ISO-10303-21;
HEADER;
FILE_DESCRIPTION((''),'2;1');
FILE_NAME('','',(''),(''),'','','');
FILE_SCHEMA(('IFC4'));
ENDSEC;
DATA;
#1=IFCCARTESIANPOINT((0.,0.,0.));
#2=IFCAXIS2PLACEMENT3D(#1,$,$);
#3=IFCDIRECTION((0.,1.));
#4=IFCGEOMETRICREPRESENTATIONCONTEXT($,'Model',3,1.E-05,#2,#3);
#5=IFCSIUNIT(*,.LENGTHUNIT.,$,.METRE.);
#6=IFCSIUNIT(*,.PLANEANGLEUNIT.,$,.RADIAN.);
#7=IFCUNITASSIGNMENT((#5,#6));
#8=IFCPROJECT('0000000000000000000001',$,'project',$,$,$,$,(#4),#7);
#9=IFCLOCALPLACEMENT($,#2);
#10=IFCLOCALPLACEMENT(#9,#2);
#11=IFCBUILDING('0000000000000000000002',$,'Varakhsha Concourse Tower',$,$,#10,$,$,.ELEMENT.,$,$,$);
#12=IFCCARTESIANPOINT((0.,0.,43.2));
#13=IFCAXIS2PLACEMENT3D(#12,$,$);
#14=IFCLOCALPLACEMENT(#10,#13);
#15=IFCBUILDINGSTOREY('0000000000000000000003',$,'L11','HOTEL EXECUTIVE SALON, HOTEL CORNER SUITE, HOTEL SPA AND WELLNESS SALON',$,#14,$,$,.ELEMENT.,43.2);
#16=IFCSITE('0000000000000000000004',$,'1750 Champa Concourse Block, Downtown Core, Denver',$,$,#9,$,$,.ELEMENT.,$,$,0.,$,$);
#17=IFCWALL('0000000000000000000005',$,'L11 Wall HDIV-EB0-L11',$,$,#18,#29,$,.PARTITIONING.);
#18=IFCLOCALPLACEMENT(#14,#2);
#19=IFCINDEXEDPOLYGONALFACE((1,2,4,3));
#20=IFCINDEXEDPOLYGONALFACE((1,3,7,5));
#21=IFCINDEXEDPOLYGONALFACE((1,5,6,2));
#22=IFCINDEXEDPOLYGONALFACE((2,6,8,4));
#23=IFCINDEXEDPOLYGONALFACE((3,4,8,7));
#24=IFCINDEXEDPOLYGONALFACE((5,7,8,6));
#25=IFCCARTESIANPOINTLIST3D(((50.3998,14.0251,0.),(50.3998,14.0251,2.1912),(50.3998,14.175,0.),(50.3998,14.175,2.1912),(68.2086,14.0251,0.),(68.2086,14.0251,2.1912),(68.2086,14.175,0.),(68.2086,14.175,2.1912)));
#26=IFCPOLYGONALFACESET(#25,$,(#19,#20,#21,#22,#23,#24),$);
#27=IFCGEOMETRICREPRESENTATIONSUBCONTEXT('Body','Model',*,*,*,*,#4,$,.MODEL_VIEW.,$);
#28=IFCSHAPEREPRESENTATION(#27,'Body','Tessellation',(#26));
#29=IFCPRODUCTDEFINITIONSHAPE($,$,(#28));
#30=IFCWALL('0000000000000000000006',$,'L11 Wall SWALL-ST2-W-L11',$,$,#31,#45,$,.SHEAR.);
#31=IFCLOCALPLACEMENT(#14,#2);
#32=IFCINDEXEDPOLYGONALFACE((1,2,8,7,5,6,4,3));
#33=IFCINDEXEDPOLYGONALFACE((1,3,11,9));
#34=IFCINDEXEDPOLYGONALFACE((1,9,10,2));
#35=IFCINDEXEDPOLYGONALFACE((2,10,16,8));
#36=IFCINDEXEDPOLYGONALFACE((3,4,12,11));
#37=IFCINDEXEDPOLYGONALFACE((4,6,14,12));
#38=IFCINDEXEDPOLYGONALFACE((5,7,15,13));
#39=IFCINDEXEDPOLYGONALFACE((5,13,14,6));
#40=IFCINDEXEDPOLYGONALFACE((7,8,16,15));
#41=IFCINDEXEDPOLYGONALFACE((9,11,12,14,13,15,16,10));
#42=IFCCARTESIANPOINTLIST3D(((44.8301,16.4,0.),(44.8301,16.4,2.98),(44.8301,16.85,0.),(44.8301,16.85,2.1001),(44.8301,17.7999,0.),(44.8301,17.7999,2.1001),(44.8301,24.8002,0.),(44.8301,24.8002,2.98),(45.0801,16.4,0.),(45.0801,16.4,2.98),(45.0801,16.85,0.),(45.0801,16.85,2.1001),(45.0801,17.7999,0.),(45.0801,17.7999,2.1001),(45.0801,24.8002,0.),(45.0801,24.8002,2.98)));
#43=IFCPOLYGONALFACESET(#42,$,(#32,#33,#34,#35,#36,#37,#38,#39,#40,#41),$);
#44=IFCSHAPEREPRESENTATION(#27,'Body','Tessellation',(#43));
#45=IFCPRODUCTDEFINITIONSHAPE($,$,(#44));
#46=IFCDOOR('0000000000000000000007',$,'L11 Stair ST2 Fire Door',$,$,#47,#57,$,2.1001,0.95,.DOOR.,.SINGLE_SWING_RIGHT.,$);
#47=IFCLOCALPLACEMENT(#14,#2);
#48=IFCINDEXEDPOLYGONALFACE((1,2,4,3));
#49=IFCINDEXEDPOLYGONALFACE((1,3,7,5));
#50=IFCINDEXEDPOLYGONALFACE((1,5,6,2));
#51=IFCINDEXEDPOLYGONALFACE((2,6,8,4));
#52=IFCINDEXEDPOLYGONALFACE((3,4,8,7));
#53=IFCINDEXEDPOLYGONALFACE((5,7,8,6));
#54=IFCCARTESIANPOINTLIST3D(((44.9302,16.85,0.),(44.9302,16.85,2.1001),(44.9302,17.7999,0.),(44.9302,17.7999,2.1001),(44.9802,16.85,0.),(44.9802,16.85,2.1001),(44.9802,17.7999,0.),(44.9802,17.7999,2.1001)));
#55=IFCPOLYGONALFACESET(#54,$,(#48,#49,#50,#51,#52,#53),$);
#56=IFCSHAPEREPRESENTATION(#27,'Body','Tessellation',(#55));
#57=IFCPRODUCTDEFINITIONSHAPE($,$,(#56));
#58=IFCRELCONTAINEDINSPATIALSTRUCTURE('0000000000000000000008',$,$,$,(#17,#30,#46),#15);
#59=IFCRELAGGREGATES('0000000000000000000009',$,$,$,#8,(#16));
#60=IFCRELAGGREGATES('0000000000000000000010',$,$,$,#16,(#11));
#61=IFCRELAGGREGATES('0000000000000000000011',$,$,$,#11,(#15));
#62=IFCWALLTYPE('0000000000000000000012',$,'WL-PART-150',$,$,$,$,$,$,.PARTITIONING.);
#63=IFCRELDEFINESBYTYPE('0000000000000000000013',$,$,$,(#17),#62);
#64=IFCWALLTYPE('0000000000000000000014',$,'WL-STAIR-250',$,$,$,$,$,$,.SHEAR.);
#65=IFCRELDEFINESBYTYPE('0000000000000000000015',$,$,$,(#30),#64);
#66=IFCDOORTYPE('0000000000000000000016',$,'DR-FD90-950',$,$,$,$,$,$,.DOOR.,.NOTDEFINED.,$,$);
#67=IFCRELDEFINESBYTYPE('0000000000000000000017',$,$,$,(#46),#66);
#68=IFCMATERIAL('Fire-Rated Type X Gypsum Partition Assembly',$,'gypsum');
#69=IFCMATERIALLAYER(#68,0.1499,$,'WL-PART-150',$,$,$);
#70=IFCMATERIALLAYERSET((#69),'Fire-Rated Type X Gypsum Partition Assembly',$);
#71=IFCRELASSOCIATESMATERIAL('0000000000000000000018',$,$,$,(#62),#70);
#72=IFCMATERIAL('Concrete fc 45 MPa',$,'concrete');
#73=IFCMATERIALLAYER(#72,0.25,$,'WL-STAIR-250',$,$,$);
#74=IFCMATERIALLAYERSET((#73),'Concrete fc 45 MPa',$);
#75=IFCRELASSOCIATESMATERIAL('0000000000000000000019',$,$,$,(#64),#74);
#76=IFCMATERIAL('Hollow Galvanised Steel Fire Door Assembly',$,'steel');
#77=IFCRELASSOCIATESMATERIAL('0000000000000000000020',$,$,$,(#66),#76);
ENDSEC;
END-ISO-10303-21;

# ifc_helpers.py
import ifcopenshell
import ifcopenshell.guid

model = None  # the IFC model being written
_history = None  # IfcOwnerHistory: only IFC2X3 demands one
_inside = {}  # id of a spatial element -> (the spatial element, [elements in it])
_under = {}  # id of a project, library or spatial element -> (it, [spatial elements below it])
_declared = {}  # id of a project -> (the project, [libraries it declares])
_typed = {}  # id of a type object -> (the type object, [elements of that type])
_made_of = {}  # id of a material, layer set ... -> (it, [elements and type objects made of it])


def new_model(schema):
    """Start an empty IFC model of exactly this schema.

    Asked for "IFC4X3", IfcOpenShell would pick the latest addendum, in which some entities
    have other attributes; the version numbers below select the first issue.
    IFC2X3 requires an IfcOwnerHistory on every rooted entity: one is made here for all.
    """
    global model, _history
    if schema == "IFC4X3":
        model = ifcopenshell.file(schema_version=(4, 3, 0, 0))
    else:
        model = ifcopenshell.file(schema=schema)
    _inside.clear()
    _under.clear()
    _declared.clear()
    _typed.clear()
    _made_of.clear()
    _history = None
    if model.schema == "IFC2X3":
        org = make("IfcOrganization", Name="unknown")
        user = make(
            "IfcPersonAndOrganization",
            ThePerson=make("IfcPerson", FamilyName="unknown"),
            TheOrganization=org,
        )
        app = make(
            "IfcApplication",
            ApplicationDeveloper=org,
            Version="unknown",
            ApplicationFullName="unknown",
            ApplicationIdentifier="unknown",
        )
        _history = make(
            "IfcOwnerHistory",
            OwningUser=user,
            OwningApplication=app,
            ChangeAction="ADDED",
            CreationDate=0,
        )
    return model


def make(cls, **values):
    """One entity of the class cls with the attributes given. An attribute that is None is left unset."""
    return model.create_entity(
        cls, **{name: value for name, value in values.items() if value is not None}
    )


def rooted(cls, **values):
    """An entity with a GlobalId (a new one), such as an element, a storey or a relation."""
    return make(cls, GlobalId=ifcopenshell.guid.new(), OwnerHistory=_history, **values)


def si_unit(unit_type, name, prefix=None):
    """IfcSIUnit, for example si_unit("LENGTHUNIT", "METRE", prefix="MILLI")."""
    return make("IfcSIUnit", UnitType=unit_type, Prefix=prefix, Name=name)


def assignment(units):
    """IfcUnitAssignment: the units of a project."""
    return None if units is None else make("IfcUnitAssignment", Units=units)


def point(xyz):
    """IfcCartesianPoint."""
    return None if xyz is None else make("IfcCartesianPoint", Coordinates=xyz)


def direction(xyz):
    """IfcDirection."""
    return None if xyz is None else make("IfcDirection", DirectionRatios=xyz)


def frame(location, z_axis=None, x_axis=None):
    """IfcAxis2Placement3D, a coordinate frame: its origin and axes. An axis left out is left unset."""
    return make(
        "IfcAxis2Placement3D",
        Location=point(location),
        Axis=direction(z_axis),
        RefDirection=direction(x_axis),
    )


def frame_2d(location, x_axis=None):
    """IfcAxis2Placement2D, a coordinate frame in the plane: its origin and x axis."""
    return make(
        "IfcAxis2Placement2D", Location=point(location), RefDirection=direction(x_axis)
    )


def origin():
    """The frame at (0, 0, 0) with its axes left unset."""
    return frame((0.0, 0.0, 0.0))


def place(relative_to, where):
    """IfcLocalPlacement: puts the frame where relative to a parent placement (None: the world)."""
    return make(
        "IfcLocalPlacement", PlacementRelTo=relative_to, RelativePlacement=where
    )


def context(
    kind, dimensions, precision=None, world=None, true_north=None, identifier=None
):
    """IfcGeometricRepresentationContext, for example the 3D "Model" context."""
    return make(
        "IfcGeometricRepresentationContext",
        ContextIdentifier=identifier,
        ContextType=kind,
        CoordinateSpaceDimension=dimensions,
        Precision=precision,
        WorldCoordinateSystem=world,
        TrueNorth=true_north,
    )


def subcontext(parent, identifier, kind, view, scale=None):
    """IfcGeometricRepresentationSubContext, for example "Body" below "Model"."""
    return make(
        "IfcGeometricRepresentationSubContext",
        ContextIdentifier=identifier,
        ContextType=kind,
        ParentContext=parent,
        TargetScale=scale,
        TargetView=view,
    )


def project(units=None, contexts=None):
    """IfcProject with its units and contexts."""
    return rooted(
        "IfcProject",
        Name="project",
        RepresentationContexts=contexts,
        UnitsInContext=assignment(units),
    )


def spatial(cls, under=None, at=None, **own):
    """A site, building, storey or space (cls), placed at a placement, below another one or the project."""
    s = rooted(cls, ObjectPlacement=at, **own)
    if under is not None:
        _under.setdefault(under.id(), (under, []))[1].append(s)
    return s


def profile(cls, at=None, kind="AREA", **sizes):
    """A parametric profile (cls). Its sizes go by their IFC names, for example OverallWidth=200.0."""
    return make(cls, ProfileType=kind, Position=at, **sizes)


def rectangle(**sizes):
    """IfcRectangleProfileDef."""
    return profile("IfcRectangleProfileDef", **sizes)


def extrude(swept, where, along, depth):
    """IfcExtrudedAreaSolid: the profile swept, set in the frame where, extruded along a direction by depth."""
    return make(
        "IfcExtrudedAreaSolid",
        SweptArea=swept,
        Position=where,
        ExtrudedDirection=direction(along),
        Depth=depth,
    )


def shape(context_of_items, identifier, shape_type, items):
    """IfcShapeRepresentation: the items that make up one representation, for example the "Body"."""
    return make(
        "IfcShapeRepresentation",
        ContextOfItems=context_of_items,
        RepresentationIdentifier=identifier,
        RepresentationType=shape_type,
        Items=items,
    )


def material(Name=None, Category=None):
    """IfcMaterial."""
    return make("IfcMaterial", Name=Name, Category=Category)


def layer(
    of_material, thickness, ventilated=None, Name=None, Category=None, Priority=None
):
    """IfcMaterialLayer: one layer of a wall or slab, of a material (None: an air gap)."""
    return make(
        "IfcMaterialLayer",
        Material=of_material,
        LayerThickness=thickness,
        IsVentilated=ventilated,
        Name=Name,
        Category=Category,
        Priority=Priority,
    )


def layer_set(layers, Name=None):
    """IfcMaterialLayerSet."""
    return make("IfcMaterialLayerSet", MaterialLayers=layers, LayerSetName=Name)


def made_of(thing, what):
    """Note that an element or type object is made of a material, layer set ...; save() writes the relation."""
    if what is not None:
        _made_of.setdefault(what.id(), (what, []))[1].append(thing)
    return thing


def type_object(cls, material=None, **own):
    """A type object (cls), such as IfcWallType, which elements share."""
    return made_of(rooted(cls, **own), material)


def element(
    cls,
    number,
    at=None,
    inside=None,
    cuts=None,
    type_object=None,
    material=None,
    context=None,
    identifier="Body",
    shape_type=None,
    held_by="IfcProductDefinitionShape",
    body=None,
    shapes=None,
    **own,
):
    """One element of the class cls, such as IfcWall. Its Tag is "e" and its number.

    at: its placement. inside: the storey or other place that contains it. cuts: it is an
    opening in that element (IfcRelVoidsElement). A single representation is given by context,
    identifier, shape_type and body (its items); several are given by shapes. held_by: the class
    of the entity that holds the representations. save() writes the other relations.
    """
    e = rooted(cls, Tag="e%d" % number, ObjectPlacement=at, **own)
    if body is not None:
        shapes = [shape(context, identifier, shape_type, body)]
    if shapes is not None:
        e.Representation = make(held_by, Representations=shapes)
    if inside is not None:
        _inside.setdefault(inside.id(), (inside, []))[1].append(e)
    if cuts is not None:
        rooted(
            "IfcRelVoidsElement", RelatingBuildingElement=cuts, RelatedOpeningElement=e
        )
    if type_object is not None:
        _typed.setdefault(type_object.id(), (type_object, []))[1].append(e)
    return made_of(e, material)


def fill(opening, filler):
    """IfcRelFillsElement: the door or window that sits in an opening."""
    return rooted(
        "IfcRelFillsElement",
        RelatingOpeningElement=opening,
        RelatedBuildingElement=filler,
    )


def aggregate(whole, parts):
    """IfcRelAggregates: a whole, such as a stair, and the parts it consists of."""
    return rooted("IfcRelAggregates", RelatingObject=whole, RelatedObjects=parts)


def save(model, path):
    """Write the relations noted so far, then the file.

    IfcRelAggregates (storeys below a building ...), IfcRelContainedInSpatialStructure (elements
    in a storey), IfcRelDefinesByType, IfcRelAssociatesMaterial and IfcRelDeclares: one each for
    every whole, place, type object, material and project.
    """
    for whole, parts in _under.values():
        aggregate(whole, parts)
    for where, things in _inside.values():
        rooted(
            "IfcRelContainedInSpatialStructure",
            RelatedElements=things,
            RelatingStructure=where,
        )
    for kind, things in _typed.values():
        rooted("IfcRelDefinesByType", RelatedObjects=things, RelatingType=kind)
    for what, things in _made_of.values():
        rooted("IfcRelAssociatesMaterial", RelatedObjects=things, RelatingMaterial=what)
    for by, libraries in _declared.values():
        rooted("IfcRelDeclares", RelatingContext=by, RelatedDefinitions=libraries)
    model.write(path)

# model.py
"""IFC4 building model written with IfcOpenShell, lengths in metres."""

from ifc_helpers import new_model, si_unit, direction, frame, frame_2d, origin, place, context, subcontext, project, spatial, rectangle, extrude, material, layer, layer_set, type_object, element, fill, save


model = new_model("IFC4")

# Units and contexts
model_context = context("Model", 3, precision=1e-05, world=origin(), true_north=direction((0.0, 1.0)))
body_context = subcontext(model_context, "Body", "Model", "MODEL_VIEW")
ifc_project = project(units=[si_unit("LENGTHUNIT", "METRE"), si_unit("PLANEANGLEUNIT", "RADIAN")], contexts=[model_context])

# Site, building, storey
site_placement = place(None, origin())
site = spatial("IfcSite", under=ifc_project, at=site_placement, Name="1750 Champa Concourse Block, Downtown Core, Denver", CompositionType="ELEMENT", RefElevation=0.0)
building_placement = place(site_placement, origin())
building = spatial("IfcBuilding", under=site, at=building_placement, Name="Varakhsha Concourse Tower", CompositionType="ELEMENT")
storey_placement = place(building_placement, frame((0.0, 0.0, 43.2)))
storey = spatial("IfcBuildingStorey", under=building, at=storey_placement, Name="L11", Description="HOTEL EXECUTIVE SALON, HOTEL CORNER SUITE, HOTEL SPA AND WELLNESS SALON", CompositionType="ELEMENT", Elevation=43.2)

# Shared definitions
ifc_material_1 = material(Name="Fire-Rated Type X Gypsum Partition Assembly", Category="gypsum")

# Shared definitions
ifc_layer_1 = layer(ifc_material_1, 0.1499, Name="WL-PART-150")
ifc_layer_set_1 = layer_set([ifc_layer_1], Name="Fire-Rated Type X Gypsum Partition Assembly")
wall_type_1 = type_object("IfcWallType", Name="WL-PART-150", PredefinedType="PARTITIONING", material=ifc_layer_set_1)
ifc_material_2 = material(Name="Hollow Galvanised Steel Fire Door Assembly", Category="steel")

# Wall
wall_1_placement = place(storey_placement, frame((50.3999, 14.1001, 0.0), z_axis=(0.0, 0.0, 1.0), x_axis=(1.0, 0.0, 0.0)))
element("IfcWall", 1, at=wall_1_placement, inside=storey, type_object=wall_type_1, Name="L11 Wall HDIV-EB0-L11", PredefinedType="PARTITIONING", context=body_context, shape_type="SweptSolid", body=[
    extrude(rectangle(XDim=17.8088, YDim=0.1499, at=frame_2d((8.9043, 0.0))), origin(), (0.0, 0.0, 1.0), 2.1912),
])

# Wall, opening, door
ifc_material_3 = material(Name="Concrete fc 45 MPa", Category="concrete")
ifc_layer_2 = layer(ifc_material_3, 0.25, Name="WL-STAIR-250")
ifc_layer_set_2 = layer_set([ifc_layer_2], Name="Concrete fc 45 MPa")
wall_type_2 = type_object("IfcWallType", Name="WL-STAIR-250", PredefinedType="SHEAR", material=ifc_layer_set_2)
wall_2_placement = place(storey_placement, frame((44.9551, 16.3999, 0.0), z_axis=(0.0, 0.0, 1.0), x_axis=(0.0, 1.0, 0.0)))
wall_2 = element("IfcWall", 2, at=wall_2_placement, inside=storey, type_object=wall_type_2, Name="L11 Wall SWALL-ST2-W-L11", PredefinedType="SHEAR", context=body_context, shape_type="SweptSolid", body=[
    extrude(rectangle(XDim=8.4001, YDim=0.25, at=frame_2d((4.2002, 0.0))), origin(), (0.0, 0.0, 1.0), 2.98),
])
opening_1_placement = place(wall_2_placement, frame((0.45, 0.0, 0.0)))
opening_1 = element("IfcOpeningElement", 3, at=opening_1_placement, cuts=wall_2, PredefinedType="OPENING", context=body_context, shape_type="SweptSolid", body=[
    extrude(rectangle(XDim=0.95, YDim=2.1001, at=frame_2d((0.4751, 1.05))), frame((0.0, 0.135, 0.0), z_axis=(0.0, -1.0, 0.0), x_axis=(1.0, 0.0, 0.0)), (0.0, 0.0, 1.0), 0.27),
])
door_type_1 = type_object("IfcDoorType", Name="DR-FD90-950", OperationType="NOTDEFINED", PredefinedType="DOOR", material=ifc_material_2)
door_1_placement = place(opening_1_placement, origin())
door_1 = element("IfcDoor", 4, at=door_1_placement, inside=storey, type_object=door_type_1, Name="L11 Stair ST2 Fire Door", OperationType="SINGLE_SWING_RIGHT", OverallHeight=2.1001, OverallWidth=0.95, PredefinedType="DOOR", context=body_context, shape_type="SweptSolid", body=[
    extrude(rectangle(XDim=0.95, YDim=2.1001, at=frame_2d((0.4751, 1.05))), frame((0.0, 0.0249, 0.0), z_axis=(0.0, -1.0, 0.0), x_axis=(1.0, 0.0, 0.0)), (0.0, 0.0, 1.0), 0.05),
])
fill(opening_1, door_1)

save(model, "model.ifc")
